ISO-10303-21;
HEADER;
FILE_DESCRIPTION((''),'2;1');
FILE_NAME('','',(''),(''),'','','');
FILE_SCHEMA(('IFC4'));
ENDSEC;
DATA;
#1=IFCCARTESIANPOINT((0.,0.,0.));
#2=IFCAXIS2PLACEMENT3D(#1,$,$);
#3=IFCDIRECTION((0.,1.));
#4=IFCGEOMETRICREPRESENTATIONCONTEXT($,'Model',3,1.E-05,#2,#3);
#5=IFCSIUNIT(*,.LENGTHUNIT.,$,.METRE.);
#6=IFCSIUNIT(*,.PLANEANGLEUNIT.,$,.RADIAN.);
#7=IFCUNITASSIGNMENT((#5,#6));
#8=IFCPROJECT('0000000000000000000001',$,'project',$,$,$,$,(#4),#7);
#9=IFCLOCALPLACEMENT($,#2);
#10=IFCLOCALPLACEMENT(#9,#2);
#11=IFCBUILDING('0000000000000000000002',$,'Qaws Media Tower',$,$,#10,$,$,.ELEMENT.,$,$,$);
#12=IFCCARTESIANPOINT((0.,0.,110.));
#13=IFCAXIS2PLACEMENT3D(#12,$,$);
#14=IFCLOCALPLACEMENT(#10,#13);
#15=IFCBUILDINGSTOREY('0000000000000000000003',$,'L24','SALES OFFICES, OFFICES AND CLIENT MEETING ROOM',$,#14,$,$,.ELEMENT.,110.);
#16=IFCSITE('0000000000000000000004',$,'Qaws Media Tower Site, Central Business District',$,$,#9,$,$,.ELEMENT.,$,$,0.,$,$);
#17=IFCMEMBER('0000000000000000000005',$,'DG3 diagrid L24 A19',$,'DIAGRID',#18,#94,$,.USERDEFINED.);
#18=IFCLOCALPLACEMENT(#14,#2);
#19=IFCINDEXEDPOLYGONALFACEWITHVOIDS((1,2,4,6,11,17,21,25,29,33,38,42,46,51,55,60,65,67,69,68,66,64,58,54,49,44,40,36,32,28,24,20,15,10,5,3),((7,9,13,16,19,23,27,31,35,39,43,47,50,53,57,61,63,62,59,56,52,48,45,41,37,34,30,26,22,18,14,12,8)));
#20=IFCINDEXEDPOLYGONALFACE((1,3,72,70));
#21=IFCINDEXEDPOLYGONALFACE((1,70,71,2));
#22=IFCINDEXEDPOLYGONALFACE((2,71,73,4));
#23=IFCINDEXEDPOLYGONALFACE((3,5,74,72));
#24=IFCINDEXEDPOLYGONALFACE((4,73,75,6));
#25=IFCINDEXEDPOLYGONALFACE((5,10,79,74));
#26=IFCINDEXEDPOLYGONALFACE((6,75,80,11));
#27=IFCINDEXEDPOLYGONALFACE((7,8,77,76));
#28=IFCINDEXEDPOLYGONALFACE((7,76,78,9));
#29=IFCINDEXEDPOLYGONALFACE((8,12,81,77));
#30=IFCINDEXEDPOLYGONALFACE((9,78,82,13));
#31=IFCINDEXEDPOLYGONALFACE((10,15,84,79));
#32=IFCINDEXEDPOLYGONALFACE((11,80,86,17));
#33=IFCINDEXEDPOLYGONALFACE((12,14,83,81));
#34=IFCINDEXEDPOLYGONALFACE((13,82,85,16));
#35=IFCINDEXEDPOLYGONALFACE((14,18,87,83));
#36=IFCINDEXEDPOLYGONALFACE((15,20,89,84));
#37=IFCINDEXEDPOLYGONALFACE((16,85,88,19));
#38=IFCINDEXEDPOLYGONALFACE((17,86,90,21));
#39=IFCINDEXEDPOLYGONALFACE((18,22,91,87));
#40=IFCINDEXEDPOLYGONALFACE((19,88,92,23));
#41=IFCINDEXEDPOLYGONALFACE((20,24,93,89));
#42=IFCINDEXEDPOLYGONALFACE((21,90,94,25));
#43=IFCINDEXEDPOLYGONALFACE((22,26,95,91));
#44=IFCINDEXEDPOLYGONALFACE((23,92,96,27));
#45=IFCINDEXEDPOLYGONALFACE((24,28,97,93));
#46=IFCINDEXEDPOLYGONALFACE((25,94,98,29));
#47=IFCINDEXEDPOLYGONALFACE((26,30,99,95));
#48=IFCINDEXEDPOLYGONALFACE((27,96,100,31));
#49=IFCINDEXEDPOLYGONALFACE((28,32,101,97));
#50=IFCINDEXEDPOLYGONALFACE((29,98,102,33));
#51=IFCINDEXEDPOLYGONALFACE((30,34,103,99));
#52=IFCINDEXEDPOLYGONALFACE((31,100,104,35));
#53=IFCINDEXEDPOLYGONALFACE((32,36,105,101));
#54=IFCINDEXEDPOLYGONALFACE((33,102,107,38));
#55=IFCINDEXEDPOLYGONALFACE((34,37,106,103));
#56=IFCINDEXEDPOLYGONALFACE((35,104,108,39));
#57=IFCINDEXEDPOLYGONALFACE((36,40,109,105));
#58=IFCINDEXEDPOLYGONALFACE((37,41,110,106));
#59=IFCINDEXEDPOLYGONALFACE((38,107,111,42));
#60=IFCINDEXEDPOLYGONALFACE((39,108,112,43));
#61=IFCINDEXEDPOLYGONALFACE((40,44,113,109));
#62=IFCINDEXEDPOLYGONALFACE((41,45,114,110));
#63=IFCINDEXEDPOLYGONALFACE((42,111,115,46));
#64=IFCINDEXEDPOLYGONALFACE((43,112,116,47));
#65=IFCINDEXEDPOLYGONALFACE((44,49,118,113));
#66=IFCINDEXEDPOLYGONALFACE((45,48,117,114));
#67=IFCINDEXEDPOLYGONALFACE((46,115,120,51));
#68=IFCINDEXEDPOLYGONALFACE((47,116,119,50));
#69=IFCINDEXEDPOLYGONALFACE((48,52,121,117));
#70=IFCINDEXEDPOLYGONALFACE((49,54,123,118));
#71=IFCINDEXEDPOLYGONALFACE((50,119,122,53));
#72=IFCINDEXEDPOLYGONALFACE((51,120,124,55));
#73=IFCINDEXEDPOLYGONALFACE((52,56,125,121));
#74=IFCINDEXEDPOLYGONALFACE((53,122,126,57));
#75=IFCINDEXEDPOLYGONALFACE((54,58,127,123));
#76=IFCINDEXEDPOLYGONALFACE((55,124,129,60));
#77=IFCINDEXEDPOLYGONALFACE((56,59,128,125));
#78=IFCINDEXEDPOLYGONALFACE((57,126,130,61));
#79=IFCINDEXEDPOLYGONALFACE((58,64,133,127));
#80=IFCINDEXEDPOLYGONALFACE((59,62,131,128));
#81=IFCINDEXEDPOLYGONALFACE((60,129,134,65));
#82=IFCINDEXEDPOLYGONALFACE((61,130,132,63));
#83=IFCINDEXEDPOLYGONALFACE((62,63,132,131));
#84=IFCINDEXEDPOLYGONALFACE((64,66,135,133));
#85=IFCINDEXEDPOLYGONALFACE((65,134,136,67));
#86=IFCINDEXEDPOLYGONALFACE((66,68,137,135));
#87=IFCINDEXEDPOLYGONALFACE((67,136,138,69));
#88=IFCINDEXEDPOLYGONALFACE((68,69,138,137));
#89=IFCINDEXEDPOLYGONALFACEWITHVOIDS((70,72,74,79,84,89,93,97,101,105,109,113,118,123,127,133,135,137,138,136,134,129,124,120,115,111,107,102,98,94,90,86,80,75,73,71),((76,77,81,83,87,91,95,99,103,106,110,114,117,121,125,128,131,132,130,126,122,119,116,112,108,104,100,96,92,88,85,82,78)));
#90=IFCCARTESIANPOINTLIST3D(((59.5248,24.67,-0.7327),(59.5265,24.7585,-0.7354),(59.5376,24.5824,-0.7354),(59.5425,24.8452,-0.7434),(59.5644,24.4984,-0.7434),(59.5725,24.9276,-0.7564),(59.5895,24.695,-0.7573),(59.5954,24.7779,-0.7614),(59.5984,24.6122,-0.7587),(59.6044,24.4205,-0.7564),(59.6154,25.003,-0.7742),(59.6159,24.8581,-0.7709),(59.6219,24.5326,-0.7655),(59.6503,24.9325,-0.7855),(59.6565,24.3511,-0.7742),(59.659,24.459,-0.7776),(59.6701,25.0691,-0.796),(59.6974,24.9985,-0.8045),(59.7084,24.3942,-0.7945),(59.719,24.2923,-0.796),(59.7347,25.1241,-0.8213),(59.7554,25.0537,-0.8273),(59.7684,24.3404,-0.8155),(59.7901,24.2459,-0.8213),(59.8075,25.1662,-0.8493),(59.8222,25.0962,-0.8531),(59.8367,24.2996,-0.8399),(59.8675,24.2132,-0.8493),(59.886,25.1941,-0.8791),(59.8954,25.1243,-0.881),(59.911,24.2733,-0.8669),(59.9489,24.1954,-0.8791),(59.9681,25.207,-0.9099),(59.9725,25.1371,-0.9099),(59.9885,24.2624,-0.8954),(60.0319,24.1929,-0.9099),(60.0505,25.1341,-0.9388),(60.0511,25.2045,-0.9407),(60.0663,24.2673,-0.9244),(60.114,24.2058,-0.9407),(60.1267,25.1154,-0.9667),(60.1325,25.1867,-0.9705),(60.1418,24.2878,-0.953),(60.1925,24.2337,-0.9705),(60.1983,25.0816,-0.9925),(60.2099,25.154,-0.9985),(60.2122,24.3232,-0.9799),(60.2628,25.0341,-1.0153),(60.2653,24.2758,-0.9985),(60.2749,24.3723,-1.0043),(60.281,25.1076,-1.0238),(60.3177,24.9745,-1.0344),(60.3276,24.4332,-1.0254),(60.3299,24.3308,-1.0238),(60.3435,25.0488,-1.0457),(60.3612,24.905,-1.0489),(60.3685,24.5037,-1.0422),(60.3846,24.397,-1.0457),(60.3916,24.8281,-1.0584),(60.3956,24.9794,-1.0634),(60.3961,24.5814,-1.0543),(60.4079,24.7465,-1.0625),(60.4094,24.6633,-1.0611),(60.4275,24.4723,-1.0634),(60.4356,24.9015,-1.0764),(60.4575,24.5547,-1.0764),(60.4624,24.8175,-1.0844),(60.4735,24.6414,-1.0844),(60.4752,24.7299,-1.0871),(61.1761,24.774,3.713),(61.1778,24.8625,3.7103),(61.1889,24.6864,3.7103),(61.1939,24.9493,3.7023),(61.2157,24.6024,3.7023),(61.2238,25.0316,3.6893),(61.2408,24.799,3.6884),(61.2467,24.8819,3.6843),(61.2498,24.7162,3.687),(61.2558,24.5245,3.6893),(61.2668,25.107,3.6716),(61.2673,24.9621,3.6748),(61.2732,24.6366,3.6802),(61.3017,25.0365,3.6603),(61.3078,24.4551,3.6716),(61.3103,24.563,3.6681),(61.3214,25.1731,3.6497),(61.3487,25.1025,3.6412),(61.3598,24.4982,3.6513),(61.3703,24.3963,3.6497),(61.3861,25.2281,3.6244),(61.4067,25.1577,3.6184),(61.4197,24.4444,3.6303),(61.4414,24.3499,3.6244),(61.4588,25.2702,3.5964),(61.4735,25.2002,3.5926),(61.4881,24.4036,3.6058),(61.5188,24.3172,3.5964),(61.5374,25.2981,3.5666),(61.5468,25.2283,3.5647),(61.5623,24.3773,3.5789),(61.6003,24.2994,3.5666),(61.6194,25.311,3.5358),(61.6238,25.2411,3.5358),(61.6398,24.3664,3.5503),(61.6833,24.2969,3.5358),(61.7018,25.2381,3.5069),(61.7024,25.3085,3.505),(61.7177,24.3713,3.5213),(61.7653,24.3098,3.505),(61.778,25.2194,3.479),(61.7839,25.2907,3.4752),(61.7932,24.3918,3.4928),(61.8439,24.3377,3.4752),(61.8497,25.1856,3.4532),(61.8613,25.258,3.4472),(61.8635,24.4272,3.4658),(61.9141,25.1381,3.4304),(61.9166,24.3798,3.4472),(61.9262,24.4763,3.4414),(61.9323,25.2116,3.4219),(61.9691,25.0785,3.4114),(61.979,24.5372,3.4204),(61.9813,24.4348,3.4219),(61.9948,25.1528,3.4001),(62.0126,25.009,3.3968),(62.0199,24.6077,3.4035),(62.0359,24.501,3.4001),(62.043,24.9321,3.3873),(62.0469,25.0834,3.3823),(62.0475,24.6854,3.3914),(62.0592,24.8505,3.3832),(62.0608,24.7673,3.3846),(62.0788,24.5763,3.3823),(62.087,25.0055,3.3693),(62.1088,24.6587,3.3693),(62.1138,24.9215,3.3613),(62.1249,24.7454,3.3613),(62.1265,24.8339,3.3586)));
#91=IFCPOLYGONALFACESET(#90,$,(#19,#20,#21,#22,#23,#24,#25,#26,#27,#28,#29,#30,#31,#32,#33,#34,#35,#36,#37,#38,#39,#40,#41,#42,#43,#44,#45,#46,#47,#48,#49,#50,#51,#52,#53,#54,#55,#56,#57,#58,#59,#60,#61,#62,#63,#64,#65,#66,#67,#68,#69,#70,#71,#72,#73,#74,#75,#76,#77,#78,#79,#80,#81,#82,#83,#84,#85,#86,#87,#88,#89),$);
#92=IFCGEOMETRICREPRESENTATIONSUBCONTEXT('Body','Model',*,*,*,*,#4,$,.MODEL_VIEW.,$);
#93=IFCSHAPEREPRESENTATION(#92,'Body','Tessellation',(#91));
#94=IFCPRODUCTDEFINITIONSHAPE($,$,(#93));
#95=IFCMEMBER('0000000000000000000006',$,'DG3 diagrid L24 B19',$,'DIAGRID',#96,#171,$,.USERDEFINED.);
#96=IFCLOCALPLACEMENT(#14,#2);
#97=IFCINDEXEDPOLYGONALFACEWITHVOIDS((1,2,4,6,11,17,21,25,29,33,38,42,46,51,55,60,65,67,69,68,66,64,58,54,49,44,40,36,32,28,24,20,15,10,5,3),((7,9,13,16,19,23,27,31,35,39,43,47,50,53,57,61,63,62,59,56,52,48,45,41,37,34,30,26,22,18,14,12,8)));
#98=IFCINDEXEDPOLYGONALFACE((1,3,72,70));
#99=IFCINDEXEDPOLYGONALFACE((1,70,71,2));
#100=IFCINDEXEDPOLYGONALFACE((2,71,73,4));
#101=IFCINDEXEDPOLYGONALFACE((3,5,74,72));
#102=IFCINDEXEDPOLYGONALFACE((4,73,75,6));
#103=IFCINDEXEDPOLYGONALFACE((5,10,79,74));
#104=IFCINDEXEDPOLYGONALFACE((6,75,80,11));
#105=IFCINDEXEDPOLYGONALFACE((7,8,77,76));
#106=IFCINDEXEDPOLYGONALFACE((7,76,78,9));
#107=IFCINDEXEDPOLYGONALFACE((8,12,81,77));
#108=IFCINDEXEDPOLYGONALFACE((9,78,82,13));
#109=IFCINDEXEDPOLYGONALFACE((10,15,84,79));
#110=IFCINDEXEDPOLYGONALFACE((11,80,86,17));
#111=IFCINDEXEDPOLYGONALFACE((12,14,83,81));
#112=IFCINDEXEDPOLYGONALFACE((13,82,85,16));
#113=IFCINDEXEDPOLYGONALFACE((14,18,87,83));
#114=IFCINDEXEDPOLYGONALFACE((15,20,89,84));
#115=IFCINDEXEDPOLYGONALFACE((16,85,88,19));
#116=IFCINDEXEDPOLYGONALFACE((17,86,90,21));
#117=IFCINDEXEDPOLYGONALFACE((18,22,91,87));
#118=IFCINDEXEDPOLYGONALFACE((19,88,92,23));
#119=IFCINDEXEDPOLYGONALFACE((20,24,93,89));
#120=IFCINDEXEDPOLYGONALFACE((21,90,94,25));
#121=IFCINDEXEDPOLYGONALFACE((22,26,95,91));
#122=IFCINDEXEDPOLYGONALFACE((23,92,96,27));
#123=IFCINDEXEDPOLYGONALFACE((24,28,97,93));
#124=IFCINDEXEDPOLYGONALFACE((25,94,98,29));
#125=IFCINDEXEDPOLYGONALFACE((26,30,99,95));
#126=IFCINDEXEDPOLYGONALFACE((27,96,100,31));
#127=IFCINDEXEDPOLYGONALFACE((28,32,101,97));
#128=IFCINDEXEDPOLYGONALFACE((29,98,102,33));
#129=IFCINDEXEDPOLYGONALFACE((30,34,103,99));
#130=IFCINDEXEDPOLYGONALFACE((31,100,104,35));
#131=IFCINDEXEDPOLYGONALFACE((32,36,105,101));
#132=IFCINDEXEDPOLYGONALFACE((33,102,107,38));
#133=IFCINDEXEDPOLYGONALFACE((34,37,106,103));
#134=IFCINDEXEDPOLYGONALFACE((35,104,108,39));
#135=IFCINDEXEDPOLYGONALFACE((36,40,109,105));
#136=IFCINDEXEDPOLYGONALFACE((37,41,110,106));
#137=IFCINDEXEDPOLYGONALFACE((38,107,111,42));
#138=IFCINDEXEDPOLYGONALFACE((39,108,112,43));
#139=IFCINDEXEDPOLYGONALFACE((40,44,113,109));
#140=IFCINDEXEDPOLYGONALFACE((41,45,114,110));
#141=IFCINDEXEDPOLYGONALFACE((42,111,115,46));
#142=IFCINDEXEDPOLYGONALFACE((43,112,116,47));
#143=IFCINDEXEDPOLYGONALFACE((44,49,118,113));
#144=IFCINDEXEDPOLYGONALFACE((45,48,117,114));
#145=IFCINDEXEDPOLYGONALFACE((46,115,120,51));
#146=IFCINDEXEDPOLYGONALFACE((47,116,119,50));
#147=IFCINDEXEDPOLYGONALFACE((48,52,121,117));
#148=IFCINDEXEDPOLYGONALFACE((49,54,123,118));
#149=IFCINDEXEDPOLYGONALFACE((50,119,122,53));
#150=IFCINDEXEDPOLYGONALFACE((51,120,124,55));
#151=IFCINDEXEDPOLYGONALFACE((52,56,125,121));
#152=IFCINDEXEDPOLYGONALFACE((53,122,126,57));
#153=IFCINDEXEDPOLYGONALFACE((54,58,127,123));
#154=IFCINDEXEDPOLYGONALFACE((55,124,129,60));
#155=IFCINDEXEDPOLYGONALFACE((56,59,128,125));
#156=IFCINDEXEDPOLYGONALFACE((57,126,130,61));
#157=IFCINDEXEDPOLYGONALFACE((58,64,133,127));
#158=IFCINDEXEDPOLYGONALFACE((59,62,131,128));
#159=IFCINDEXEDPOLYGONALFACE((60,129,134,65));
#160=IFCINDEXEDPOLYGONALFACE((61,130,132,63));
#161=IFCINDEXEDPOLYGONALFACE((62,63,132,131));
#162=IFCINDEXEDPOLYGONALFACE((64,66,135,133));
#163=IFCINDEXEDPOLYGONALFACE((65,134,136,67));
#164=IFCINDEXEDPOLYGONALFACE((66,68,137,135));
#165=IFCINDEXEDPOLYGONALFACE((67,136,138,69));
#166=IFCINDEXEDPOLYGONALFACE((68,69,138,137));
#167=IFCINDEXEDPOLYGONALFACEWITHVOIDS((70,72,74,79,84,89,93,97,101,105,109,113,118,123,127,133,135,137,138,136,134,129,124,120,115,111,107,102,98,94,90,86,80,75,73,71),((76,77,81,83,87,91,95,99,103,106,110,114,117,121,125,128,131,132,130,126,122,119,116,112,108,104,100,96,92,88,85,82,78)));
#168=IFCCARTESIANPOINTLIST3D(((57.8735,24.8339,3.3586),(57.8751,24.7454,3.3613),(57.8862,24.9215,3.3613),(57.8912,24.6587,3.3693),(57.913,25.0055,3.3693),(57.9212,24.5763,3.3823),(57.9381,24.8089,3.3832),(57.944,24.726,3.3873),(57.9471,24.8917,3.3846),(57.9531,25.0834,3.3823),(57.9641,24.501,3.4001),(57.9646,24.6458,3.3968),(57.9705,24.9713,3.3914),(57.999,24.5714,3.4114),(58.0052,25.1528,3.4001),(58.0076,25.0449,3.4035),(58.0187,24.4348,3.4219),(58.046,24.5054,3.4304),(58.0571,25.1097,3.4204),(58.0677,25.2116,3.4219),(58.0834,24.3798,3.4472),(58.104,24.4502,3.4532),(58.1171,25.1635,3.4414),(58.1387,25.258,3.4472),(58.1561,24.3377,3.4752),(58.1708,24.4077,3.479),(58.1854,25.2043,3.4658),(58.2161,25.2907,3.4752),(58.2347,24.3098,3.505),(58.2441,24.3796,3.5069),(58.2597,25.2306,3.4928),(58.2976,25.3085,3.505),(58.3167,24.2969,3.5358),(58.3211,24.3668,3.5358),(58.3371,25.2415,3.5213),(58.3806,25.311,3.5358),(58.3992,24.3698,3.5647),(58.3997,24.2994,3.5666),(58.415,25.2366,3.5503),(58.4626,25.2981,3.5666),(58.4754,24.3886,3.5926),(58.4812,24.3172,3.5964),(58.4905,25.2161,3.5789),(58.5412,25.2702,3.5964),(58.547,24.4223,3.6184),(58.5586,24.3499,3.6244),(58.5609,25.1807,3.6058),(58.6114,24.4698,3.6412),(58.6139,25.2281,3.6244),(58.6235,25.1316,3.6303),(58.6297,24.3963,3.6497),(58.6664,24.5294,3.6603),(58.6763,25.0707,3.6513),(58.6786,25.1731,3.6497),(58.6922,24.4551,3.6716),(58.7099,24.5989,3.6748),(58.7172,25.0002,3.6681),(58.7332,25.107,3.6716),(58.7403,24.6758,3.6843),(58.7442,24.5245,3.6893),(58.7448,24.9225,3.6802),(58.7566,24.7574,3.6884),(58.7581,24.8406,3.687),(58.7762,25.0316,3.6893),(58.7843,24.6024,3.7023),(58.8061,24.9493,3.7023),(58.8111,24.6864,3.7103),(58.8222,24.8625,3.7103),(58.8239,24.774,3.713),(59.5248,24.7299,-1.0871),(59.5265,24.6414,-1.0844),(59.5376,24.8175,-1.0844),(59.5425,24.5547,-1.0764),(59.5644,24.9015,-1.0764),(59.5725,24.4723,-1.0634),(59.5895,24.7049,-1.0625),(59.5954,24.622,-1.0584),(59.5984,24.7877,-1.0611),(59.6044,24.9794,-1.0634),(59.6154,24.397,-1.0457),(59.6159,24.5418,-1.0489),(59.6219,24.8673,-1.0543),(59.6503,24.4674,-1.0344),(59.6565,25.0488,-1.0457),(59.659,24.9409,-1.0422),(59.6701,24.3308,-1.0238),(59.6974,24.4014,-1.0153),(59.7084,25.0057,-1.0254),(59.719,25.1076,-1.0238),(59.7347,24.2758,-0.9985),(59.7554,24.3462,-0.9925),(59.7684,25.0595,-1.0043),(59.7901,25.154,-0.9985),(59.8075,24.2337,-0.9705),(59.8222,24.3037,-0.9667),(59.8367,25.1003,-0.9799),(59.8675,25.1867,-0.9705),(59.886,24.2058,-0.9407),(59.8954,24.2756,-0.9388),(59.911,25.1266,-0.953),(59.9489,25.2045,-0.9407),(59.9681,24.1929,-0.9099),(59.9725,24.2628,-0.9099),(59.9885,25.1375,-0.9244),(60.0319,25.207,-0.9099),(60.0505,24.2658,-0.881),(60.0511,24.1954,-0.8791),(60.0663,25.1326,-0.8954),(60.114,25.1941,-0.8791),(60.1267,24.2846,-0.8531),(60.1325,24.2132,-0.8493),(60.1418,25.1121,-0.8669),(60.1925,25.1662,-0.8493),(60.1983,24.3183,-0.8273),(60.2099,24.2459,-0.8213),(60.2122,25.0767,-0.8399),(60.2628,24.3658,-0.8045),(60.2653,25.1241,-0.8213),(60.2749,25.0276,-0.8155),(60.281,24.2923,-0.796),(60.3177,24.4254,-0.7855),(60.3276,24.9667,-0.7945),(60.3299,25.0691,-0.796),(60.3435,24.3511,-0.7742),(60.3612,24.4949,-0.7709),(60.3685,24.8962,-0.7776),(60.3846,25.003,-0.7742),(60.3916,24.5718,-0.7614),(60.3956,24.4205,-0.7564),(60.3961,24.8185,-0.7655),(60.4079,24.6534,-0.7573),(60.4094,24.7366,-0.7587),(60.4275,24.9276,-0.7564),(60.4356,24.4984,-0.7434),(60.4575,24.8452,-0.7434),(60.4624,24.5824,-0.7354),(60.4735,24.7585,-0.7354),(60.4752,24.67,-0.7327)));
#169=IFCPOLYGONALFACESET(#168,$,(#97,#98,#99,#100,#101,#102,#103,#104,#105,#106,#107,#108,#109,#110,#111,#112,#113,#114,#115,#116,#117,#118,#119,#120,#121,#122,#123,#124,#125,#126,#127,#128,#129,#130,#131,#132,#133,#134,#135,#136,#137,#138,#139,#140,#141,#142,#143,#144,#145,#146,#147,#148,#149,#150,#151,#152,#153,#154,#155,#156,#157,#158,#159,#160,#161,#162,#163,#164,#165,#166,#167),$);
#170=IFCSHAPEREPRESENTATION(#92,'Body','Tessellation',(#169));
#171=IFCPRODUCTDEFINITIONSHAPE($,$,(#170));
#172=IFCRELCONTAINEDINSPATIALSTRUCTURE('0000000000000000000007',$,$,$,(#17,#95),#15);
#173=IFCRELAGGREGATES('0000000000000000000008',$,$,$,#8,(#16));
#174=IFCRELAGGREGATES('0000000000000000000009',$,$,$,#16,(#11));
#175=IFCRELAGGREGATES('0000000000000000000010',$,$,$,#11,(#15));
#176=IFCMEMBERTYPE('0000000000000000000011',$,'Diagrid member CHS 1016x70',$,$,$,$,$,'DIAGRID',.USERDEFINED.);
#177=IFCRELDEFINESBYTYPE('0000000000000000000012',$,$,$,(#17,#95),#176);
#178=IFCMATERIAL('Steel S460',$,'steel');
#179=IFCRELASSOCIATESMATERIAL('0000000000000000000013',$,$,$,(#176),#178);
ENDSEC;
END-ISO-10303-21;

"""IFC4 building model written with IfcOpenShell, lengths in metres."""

from ifc_helpers import new_model, si_unit, direction, frame, origin, origin_2d, place, context, subcontext, project, spatial, hollow_circle, extrude, material, material_profile, profile_set, type_object, element, save


model = new_model("IFC4")

# Units and contexts
model_context = context("Model", 3, precision=1e-05, world=origin(), true_north=direction((0.0, 1.0)))
body_context = subcontext(model_context, "Body", "Model", "MODEL_VIEW")
ifc_project = project(units=[si_unit("LENGTHUNIT", "METRE"), si_unit("PLANEANGLEUNIT", "RADIAN")], contexts=[model_context])

# Site, building, storey
site_placement = place(None, origin())
site = spatial("IfcSite", under=ifc_project, at=site_placement, Name="Qaws Media Tower Site, Central Business District", CompositionType="ELEMENT", RefElevation=0.0)
building_placement = place(site_placement, origin())
building = spatial("IfcBuilding", under=site, at=building_placement, Name="Qaws Media Tower", CompositionType="ELEMENT")
storey_placement = place(building_placement, frame((0.0, 0.0, 110.0)))
storey = spatial("IfcBuildingStorey", under=building, at=storey_placement, Name="L24", Description="SALES OFFICES, OFFICES AND CLIENT MEETING ROOM", CompositionType="ELEMENT", Elevation=110.0)

# Members
ifc_material_1 = material(Name="Steel S460", Category="steel")
ifc_material_profile_1 = material_profile(ifc_material_1, hollow_circle(Radius=0.5081, WallThickness=0.0701, at=origin_2d()), Name="CHS 1016x70")
ifc_profile_set_1 = profile_set([ifc_material_profile_1], Name="Steel S460")
member_type_1 = type_object("IfcMemberType", Name="Diagrid member CHS 1016x70", ElementType="DIAGRID", PredefinedType="USERDEFINED", material=ifc_profile_set_1)
for number, where, z_axis, x_axis, name in (
    (1, (60.0, 24.7, -0.9099), (0.348116, 0.021924, 0.937195), (-0.062856, 0.998023, 0.0), "DG3 diagrid L24 A19"),
    (2, (60.0, 24.7, -0.9099), (-0.348116, 0.021924, 0.937195), (-0.062856, -0.998023, 0.0), "DG3 diagrid L24 B19"),
):
    element("IfcMember", number, at=place(storey_placement, frame(where, z_axis=z_axis, x_axis=x_axis)), inside=storey, type_object=member_type_1, Name=name, ObjectType="DIAGRID", PredefinedType="USERDEFINED", context=body_context, shape_type="SweptSolid", body=[
        extrude(hollow_circle(Radius=0.5081, WallThickness=0.0701, at=origin_2d()), origin(), (0.0, 0.0, 1.0), 4.7437),
    ])

save(model, "model.ifc")
